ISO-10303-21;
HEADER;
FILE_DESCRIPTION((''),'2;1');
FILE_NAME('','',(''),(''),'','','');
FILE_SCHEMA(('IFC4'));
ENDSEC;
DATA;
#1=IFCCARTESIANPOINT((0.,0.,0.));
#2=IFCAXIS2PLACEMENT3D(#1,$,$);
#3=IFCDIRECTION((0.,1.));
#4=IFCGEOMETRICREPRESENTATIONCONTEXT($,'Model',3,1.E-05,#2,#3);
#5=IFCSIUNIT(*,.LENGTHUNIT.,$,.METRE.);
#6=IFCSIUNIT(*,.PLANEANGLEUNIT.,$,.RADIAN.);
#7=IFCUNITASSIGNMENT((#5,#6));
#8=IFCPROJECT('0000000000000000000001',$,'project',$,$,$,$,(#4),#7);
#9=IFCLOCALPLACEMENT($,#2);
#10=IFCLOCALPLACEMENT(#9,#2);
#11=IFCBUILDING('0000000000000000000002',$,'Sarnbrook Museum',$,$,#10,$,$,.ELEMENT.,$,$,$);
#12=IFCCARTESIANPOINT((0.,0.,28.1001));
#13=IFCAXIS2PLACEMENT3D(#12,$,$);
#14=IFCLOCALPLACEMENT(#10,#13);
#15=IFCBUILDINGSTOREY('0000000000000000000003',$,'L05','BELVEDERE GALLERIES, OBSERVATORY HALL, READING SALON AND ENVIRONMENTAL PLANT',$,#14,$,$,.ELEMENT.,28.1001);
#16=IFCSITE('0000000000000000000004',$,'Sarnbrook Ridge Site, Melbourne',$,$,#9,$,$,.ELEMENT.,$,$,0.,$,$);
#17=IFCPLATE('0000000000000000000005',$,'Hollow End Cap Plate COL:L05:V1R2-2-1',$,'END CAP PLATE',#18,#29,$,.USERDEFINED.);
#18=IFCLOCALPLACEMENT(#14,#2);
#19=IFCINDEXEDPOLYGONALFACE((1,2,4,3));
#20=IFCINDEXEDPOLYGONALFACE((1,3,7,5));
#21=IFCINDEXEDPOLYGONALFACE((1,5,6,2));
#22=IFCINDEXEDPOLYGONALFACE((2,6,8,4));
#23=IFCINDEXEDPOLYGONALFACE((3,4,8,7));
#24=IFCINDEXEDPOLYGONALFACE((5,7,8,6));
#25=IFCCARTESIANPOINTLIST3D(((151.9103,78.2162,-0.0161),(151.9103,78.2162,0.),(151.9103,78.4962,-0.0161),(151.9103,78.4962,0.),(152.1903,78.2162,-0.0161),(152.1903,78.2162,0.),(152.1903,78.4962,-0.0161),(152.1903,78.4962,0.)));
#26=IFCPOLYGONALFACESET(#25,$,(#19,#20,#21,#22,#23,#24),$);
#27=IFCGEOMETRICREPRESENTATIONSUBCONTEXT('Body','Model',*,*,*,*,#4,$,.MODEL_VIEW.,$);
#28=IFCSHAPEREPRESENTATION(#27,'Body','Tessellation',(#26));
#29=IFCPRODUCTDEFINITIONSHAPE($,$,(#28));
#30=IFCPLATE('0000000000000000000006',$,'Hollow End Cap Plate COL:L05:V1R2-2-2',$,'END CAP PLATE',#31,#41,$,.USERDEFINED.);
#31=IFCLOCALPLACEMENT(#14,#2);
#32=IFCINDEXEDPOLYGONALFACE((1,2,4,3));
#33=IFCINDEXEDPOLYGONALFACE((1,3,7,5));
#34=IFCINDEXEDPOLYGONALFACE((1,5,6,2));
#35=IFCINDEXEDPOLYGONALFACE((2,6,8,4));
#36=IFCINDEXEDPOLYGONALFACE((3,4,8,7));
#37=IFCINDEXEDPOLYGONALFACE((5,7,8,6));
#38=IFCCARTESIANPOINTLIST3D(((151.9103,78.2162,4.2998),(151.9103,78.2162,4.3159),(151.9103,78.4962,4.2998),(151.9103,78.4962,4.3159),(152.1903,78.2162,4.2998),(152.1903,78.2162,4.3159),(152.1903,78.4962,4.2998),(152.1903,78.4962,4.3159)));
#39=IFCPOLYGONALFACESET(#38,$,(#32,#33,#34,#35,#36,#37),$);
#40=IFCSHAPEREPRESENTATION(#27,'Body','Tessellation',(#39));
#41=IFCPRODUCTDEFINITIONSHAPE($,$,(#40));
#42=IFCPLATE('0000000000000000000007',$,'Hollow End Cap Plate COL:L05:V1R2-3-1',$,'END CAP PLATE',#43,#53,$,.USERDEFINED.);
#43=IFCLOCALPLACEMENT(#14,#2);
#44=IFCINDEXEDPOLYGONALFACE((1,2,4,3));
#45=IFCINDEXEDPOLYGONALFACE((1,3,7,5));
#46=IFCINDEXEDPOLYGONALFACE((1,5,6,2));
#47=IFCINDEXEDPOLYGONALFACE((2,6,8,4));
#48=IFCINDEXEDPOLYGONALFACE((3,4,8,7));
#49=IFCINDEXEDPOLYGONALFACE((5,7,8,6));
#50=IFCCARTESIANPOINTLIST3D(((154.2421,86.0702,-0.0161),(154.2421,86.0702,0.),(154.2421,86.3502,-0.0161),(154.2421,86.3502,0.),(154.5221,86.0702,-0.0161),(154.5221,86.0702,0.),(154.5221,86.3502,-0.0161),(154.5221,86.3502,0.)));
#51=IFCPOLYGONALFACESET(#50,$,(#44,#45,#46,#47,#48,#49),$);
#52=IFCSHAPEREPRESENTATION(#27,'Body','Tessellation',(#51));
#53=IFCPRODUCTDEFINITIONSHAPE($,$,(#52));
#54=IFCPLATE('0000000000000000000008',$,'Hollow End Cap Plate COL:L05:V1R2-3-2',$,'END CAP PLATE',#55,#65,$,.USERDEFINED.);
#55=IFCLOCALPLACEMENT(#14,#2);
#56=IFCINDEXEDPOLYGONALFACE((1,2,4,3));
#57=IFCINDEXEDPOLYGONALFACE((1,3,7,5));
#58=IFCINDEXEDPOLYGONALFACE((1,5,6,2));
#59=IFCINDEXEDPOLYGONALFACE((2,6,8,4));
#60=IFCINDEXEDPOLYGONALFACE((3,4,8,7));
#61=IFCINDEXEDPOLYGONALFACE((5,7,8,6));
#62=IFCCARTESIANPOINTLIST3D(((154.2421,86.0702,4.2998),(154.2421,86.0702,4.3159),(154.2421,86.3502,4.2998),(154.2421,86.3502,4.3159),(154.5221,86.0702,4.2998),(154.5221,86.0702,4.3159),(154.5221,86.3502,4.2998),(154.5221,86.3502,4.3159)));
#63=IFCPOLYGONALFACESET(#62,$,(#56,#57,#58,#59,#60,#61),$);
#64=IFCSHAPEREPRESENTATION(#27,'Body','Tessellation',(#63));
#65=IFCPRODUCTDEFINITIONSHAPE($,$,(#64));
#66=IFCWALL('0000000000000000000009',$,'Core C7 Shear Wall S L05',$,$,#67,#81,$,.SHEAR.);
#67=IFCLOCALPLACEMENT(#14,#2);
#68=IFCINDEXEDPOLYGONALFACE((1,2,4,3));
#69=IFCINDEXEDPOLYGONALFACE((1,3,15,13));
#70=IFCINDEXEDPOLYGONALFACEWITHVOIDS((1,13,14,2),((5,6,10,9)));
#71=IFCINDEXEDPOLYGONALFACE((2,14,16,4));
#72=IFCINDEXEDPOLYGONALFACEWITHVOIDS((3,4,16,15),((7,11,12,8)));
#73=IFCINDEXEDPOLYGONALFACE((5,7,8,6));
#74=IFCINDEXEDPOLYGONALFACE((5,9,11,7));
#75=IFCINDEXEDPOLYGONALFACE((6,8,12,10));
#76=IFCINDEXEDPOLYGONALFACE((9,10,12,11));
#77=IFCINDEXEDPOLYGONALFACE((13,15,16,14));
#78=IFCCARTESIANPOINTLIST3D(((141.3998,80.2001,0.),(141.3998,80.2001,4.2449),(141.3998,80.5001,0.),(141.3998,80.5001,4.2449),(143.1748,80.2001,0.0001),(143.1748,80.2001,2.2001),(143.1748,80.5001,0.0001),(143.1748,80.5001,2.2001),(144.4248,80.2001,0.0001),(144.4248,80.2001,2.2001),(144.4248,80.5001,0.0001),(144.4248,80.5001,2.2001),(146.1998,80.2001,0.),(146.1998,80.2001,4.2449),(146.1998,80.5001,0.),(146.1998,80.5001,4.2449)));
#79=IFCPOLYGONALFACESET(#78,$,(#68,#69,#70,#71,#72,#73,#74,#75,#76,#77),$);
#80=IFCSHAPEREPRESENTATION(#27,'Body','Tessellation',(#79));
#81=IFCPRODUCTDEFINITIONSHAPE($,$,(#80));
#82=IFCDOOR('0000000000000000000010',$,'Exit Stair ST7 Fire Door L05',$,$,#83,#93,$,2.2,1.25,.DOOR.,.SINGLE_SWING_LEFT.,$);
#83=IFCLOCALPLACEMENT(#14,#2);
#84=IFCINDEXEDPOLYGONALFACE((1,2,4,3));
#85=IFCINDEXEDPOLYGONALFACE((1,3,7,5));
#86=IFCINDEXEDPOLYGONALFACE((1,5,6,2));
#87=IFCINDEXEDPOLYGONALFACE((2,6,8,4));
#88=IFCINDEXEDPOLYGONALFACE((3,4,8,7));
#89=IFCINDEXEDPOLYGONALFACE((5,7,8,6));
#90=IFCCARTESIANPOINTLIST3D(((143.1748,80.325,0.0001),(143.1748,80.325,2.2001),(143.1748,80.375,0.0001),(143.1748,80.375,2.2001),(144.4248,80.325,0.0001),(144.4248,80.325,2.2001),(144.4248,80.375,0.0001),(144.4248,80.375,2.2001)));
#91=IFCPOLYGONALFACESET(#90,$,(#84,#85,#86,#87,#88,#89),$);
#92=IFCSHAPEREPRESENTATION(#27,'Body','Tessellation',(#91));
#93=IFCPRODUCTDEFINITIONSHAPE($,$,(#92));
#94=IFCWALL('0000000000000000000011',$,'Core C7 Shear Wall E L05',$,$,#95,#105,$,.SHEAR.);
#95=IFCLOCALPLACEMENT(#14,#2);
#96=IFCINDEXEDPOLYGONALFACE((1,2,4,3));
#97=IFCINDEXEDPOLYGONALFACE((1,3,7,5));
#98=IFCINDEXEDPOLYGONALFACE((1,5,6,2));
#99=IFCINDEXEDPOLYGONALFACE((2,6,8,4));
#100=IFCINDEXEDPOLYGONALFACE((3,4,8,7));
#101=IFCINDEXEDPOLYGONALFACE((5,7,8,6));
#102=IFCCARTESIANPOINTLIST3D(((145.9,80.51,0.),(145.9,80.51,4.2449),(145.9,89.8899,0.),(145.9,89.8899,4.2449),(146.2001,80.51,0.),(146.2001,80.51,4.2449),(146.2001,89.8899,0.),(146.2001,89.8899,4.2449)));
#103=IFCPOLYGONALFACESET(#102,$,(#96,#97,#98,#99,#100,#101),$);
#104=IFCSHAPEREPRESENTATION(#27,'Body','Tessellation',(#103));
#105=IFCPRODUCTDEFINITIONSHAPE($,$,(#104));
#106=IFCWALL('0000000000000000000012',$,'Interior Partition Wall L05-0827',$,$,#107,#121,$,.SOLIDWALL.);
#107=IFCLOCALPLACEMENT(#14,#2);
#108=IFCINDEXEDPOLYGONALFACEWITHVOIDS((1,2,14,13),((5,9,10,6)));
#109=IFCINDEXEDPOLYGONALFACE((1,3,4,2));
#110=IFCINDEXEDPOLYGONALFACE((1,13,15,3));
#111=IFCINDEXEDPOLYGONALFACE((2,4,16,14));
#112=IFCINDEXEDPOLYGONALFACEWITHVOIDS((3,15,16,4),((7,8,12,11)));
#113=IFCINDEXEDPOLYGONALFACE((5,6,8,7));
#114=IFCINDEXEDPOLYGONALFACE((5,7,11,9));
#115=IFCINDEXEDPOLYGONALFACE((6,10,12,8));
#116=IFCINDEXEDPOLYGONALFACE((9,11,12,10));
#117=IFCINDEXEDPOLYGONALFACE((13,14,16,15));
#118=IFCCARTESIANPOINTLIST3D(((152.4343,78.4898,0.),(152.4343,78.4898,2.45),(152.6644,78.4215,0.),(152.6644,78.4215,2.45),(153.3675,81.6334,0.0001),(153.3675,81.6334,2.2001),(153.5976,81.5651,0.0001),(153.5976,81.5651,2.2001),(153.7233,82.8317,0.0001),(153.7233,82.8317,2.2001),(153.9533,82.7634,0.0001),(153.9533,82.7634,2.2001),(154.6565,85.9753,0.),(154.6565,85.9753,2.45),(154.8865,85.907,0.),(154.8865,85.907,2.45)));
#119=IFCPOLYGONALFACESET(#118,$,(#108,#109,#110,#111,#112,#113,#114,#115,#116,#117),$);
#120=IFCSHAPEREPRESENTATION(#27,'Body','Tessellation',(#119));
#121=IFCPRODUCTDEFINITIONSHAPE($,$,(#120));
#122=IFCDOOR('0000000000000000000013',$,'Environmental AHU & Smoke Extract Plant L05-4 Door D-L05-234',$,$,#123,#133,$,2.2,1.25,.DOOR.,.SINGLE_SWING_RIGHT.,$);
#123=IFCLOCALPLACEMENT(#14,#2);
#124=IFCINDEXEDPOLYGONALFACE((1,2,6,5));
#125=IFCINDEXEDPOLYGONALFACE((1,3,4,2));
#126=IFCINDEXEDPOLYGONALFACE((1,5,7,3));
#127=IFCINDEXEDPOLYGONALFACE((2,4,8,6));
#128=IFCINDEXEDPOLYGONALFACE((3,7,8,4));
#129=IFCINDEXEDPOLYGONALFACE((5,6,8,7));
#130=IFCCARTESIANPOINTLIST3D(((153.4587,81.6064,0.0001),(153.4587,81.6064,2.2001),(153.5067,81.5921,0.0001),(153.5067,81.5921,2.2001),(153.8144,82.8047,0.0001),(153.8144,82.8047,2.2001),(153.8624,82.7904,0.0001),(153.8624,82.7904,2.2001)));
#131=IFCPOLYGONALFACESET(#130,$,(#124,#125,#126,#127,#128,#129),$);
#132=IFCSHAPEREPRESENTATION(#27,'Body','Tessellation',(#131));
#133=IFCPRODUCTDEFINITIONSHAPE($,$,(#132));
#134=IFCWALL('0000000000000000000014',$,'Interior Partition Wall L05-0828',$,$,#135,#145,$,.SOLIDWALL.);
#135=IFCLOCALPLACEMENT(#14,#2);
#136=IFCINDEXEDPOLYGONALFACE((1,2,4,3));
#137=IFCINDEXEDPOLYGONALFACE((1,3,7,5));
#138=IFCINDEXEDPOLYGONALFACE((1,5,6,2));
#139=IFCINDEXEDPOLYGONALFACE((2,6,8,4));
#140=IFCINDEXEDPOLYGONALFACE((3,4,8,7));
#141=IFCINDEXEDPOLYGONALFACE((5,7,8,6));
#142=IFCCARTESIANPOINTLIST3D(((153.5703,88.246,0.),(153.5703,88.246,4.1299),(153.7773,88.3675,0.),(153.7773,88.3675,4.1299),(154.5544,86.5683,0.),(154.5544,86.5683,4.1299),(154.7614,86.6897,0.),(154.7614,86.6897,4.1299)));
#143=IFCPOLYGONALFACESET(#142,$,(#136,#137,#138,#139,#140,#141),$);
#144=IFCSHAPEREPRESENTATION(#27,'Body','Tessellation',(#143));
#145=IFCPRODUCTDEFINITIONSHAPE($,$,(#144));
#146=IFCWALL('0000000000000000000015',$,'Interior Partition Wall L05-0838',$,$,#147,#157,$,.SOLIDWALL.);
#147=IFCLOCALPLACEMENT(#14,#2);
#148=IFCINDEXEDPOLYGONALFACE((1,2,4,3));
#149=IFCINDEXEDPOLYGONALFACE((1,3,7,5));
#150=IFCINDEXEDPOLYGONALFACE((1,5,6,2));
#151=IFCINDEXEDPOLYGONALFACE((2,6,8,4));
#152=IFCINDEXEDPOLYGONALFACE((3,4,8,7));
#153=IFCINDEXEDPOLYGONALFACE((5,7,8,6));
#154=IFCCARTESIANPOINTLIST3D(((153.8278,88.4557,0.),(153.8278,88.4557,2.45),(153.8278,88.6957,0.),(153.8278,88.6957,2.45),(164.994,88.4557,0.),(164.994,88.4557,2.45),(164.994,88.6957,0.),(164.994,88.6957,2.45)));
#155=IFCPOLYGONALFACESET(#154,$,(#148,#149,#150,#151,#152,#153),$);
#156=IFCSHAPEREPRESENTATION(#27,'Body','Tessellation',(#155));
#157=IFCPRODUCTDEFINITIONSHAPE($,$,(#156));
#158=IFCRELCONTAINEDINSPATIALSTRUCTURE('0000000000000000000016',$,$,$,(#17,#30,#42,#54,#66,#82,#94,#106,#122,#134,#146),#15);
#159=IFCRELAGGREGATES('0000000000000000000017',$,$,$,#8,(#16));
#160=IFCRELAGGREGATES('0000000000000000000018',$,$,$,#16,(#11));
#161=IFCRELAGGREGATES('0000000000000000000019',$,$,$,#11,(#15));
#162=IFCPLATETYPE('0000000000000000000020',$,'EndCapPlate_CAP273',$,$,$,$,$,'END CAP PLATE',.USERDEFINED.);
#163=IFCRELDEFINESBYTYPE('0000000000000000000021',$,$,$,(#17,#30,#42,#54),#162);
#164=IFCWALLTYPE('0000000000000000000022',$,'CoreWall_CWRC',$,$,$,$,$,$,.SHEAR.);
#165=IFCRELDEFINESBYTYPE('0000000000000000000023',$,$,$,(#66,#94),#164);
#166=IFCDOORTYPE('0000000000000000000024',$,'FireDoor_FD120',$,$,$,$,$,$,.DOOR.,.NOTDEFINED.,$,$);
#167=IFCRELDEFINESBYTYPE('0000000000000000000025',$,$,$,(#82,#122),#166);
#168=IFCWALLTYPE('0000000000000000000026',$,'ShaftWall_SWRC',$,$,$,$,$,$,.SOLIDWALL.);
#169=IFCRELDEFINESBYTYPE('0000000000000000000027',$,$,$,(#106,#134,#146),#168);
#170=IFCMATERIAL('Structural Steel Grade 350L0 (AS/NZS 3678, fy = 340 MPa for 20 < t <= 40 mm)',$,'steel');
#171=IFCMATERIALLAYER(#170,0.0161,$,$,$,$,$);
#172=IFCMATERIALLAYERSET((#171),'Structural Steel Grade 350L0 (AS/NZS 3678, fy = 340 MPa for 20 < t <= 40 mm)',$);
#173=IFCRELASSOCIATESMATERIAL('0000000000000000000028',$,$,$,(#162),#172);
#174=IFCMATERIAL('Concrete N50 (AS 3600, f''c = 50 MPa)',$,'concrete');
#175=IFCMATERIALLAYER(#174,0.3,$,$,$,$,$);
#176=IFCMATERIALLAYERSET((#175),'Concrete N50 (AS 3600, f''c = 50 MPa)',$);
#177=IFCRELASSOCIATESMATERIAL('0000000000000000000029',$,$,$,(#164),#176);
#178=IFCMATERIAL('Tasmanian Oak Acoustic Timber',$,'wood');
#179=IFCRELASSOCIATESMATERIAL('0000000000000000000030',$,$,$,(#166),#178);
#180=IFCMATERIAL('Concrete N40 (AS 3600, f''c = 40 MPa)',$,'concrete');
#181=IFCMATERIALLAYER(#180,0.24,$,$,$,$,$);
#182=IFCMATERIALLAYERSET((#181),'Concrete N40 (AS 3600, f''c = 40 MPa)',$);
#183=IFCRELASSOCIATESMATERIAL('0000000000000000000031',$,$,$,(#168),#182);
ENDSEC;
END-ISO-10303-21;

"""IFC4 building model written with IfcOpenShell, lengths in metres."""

from ifc_helpers import new_model, si_unit, direction, frame, frame_2d, origin, origin_2d, place, context, subcontext, project, spatial, rectangle, extrude, material, layer, layer_set, type_object, element, fill, save


model = new_model("IFC4")

# Units and contexts
model_context = context("Model", 3, precision=1e-05, world=origin(), true_north=direction((0.0, 1.0)))
body_context = subcontext(model_context, "Body", "Model", "MODEL_VIEW")
ifc_project = project(units=[si_unit("LENGTHUNIT", "METRE"), si_unit("PLANEANGLEUNIT", "RADIAN")], contexts=[model_context])

# Site, building, storey
site_placement = place(None, origin())
site = spatial("IfcSite", under=ifc_project, at=site_placement, Name="Sarnbrook Ridge Site, Melbourne", CompositionType="ELEMENT", RefElevation=0.0)
building_placement = place(site_placement, origin())
building = spatial("IfcBuilding", under=site, at=building_placement, Name="Sarnbrook Museum", CompositionType="ELEMENT")
storey_placement = place(building_placement, frame((0.0, 0.0, 28.1001)))
storey = spatial("IfcBuildingStorey", under=building, at=storey_placement, Name="L05", Description="BELVEDERE GALLERIES, OBSERVATORY HALL, READING SALON AND ENVIRONMENTAL PLANT", CompositionType="ELEMENT", Elevation=28.1001)

# Plates
ifc_material_1 = material(Name="Structural Steel Grade 350L0 (AS/NZS 3678, fy = 340 MPa for 20 < t <= 40 mm)", Category="steel")
ifc_layer_1 = layer(ifc_material_1, 0.0161)
ifc_layer_set_1 = layer_set([ifc_layer_1], Name="Structural Steel Grade 350L0 (AS/NZS 3678, fy = 340 MPa for 20 < t <= 40 mm)")
plate_type_1 = type_object("IfcPlateType", Name="EndCapPlate_CAP273", ElementType="END CAP PLATE", PredefinedType="USERDEFINED", material=ifc_layer_set_1)
for number, where, z_axis, x_axis, name in (
    (1, (152.0503, 78.3562, -0.0161), (0.0, 0.0, 1.0), (1.0, 0.0, 0.0), "Hollow End Cap Plate COL:L05:V1R2-2-1"),
    (2, (152.0503, 78.3562, 4.2998), (0.0, 0.0, 1.0), (1.0, 0.0, 0.0), "Hollow End Cap Plate COL:L05:V1R2-2-2"),
    (3, (154.3821, 86.2102, -0.0161), (0.0, 0.0, 1.0), (1.0, 0.0, 0.0), "Hollow End Cap Plate COL:L05:V1R2-3-1"),
    (4, (154.3821, 86.2102, 4.2998), (0.0, 0.0, 1.0), (1.0, 0.0, 0.0), "Hollow End Cap Plate COL:L05:V1R2-3-2"),
):
    element("IfcPlate", number, at=place(storey_placement, frame(where, z_axis=z_axis, x_axis=x_axis)), inside=storey, type_object=plate_type_1, Name=name, ObjectType="END CAP PLATE", PredefinedType="USERDEFINED", context=body_context, shape_type="SweptSolid", body=[
        extrude(rectangle(XDim=0.28, YDim=0.28, at=origin_2d()), origin(), (0.0, 0.0, 1.0), 0.0161),
    ])

# Wall, opening, door
ifc_material_2 = material(Name="Concrete N50 (AS 3600, f'c = 50 MPa)", Category="concrete")
ifc_layer_2 = layer(ifc_material_2, 0.3)
ifc_layer_set_2 = layer_set([ifc_layer_2], Name="Concrete N50 (AS 3600, f'c = 50 MPa)")
wall_type_1 = type_object("IfcWallType", Name="CoreWall_CWRC", PredefinedType="SHEAR", material=ifc_layer_set_2)
wall_1_placement = place(storey_placement, frame((141.3999, 80.3501, 0.0), z_axis=(0.0, 0.0, 1.0), x_axis=(1.0, 0.0, 0.0)))
wall_1 = element("IfcWall", 5, at=wall_1_placement, inside=storey, type_object=wall_type_1, Name="Core C7 Shear Wall S L05", PredefinedType="SHEAR", context=body_context, shape_type="SweptSolid", body=[
    extrude(rectangle(XDim=4.8, YDim=0.3, at=frame_2d((2.3999, 0.0))), origin(), (0.0, 0.0, 1.0), 4.2449),
])
opening_1_placement = place(wall_1_placement, frame((1.7749, 0.0, 0.0)))
opening_1 = element("IfcOpeningElement", 6, at=opening_1_placement, cuts=wall_1, PredefinedType="OPENING", context=body_context, shape_type="SweptSolid", body=[
    extrude(rectangle(XDim=1.25, YDim=2.2, at=frame_2d((0.625, 1.1001))), frame((0.0, 0.1602, 0.0), z_axis=(0.0, -1.0, 0.0), x_axis=(1.0, 0.0, 0.0)), (0.0, 0.0, 1.0), 0.3201),
])
ifc_material_3 = material(Name="Tasmanian Oak Acoustic Timber", Category="wood")
door_type = type_object("IfcDoorType", Name="FireDoor_FD120", OperationType="NOTDEFINED", PredefinedType="DOOR", material=ifc_material_3)
door_1_placement = place(opening_1_placement, origin())
door_1 = element("IfcDoor", 7, at=door_1_placement, inside=storey, type_object=door_type, Name="Exit Stair ST7 Fire Door L05", OperationType="SINGLE_SWING_LEFT", OverallHeight=2.2, OverallWidth=1.25, PredefinedType="DOOR", context=body_context, shape_type="SweptSolid", body=[
    extrude(rectangle(XDim=1.25, YDim=2.2, at=frame_2d((0.625, 1.1001))), frame((0.0, 0.0249, 0.0), z_axis=(0.0, -1.0, 0.0), x_axis=(1.0, 0.0, 0.0)), (0.0, 0.0, 1.0), 0.05),
])
fill(opening_1, door_1)

# Wall
wall_2_placement = place(storey_placement, frame((146.05, 80.51, 0.0), z_axis=(0.0, 0.0, 1.0), x_axis=(0.0, 1.0, 0.0)))
element("IfcWall", 8, at=wall_2_placement, inside=storey, type_object=wall_type_1, Name="Core C7 Shear Wall E L05", PredefinedType="SHEAR", context=body_context, shape_type="SweptSolid", body=[
    extrude(rectangle(XDim=9.3799, YDim=0.3, at=frame_2d((4.6899, 0.0))), origin(), (0.0, 0.0, 1.0), 4.2449),
])

# Wall, opening, door
ifc_material_4 = material(Name="Concrete N40 (AS 3600, f'c = 40 MPa)", Category="concrete")
ifc_layer_3 = layer(ifc_material_4, 0.24)
ifc_layer_set_3 = layer_set([ifc_layer_3], Name="Concrete N40 (AS 3600, f'c = 40 MPa)")
wall_type_2 = type_object("IfcWallType", Name="ShaftWall_SWRC", PredefinedType="SOLIDWALL", material=ifc_layer_set_3)
wall_3_placement = place(storey_placement, frame((152.5493, 78.4556, 0.0), z_axis=(0.0, 0.0, 1.0), x_axis=(0.284584, 0.958651, 0.0)))
wall_3 = element("IfcWall", 9, at=wall_3_placement, inside=storey, type_object=wall_type_2, Name="Interior Partition Wall L05-0827", PredefinedType="SOLIDWALL", context=body_context, shape_type="SweptSolid", body=[
    extrude(rectangle(XDim=7.8083, YDim=0.24, at=frame_2d((3.9043, 0.0))), origin(), (0.0, 0.0, 1.0), 2.45),
])
opening_2_placement = place(wall_3_placement, frame((3.2793, 0.0, 0.0)))
opening_2 = element("IfcOpeningElement", 10, at=opening_2_placement, cuts=wall_3, PredefinedType="OPENING", context=body_context, shape_type="SweptSolid", body=[
    extrude(rectangle(XDim=1.25, YDim=2.2, at=frame_2d((0.625, 1.1001))), frame((0.0, 0.1299, 0.0), z_axis=(0.0, -1.0, 0.0), x_axis=(1.0, 0.0, 0.0)), (0.0, 0.0, 1.0), 0.26),
])
door_2_placement = place(opening_2_placement, origin())
door_2 = element("IfcDoor", 11, at=door_2_placement, inside=storey, type_object=door_type, Name="Environmental AHU & Smoke Extract Plant L05-4 Door D-L05-234", OperationType="SINGLE_SWING_RIGHT", OverallHeight=2.2, OverallWidth=1.25, PredefinedType="DOOR", context=body_context, shape_type="SweptSolid", body=[
    extrude(rectangle(XDim=1.25, YDim=2.2, at=frame_2d((0.625, 1.1001))), frame((0.0, 0.0249, 0.0), z_axis=(0.0, -1.0, 0.0), x_axis=(1.0, 0.0, 0.0)), (0.0, 0.0, 1.0), 0.05),
])
fill(opening_2, door_2)

# Walls
wall_4_placement = place(storey_placement, frame((154.658, 86.6289, 0.0), z_axis=(0.0, 0.0, 1.0), x_axis=(-0.505961, 0.862556, 0.0)))
element("IfcWall", 12, at=wall_4_placement, inside=storey, type_object=wall_type_2, Name="Interior Partition Wall L05-0828", PredefinedType="SOLIDWALL", context=body_context, shape_type="SweptSolid", body=[
    extrude(rectangle(XDim=1.9451, YDim=0.24, at=frame_2d((0.9727, 0.0))), origin(), (0.0, 0.0, 1.0), 4.1299),
])
wall_5_placement = place(storey_placement, frame((153.8279, 88.5757, 0.0), z_axis=(0.0, 0.0, 1.0), x_axis=(1.0, 0.0, 0.0)))
element("IfcWall", 13, at=wall_5_placement, inside=storey, type_object=wall_type_2, Name="Interior Partition Wall L05-0838", PredefinedType="SOLIDWALL", context=body_context, shape_type="SweptSolid", body=[
    extrude(rectangle(XDim=11.1663, YDim=0.24, at=frame_2d((5.583, 0.0))), origin(), (0.0, 0.0, 1.0), 2.45),
])

save(model, "model.ifc")
